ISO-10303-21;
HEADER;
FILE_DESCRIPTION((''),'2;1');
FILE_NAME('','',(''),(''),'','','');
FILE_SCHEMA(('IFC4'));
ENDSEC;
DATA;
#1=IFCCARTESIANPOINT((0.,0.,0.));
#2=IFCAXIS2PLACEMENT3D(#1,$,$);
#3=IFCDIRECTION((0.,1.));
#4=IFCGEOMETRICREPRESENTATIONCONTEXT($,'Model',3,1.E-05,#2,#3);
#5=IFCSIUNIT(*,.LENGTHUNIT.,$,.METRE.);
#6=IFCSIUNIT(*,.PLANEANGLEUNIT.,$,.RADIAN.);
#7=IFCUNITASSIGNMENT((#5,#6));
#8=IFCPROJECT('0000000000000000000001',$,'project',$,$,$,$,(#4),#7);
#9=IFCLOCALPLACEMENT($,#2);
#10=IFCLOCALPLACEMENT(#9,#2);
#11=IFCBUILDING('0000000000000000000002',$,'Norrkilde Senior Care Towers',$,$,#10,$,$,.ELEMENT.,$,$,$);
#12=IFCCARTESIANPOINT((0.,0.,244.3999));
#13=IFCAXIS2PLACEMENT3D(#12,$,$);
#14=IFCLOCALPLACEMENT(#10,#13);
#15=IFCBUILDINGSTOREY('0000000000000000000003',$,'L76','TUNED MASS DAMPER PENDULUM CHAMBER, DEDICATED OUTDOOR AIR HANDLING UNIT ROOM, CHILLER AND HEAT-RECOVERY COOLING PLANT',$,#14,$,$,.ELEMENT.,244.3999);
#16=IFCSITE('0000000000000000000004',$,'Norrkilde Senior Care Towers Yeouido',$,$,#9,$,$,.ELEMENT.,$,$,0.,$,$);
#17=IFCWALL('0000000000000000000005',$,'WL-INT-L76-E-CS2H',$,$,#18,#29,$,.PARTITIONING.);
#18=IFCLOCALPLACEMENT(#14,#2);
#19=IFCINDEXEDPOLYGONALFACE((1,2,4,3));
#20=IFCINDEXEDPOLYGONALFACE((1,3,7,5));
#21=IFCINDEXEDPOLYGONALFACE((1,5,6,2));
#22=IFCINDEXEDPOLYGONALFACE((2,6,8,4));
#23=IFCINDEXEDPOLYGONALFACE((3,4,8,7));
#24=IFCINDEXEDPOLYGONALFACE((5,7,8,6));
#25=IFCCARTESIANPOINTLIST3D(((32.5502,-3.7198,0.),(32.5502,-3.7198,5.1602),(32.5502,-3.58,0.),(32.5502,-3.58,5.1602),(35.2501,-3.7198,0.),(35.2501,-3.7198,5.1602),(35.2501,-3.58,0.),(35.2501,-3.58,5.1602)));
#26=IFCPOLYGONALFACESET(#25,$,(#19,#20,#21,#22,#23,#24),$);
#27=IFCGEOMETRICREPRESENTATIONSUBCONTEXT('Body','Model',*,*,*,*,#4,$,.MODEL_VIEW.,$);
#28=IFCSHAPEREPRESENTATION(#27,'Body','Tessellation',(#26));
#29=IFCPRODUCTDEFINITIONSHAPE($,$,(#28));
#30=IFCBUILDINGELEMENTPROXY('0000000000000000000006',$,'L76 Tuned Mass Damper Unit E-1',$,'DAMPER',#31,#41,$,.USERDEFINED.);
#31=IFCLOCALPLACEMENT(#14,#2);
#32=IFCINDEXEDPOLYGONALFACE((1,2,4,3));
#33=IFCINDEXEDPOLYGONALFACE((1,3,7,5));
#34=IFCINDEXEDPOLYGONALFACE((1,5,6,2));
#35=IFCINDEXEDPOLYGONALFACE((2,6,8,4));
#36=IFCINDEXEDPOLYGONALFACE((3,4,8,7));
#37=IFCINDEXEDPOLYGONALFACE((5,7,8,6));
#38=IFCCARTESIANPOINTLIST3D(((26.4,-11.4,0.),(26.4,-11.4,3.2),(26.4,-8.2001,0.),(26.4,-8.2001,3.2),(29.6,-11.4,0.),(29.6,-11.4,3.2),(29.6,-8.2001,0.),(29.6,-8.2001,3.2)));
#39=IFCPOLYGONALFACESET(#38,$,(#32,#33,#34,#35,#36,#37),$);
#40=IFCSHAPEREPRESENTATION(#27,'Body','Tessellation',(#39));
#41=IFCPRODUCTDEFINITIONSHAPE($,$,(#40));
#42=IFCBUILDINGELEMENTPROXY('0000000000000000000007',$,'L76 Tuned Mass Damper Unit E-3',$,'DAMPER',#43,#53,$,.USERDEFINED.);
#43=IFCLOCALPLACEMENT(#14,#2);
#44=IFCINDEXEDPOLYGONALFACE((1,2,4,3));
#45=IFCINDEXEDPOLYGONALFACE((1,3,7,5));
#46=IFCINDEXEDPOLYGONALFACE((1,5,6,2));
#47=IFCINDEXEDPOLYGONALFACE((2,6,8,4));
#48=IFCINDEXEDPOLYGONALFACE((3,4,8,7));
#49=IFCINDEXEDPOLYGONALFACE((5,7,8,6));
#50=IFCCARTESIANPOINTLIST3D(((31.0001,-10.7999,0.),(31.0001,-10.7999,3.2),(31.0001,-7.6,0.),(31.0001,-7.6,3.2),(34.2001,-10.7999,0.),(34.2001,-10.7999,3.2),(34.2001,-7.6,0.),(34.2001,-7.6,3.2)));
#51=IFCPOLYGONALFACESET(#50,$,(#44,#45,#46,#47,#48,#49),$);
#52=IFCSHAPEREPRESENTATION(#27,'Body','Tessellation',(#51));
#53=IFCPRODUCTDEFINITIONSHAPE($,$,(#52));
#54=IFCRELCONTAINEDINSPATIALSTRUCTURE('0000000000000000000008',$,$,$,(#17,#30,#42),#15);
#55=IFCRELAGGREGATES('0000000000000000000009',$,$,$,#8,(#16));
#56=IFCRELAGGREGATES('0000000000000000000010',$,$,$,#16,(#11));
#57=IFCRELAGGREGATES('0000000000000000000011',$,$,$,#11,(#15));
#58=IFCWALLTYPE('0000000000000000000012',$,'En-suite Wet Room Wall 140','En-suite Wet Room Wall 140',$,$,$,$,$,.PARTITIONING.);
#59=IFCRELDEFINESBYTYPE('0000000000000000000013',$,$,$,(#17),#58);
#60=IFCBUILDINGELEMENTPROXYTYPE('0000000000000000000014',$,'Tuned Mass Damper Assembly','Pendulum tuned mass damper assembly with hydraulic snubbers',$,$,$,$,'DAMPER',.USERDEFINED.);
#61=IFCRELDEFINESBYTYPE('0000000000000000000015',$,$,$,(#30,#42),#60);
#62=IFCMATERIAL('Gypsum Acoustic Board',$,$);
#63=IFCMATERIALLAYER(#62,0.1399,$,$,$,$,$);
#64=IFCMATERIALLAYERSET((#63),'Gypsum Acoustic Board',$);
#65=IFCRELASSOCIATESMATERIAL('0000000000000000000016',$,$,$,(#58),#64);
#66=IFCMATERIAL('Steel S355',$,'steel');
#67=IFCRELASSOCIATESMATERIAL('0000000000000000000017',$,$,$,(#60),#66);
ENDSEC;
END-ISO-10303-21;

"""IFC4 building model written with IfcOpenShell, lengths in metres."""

from ifc_helpers import new_model, si_unit, direction, frame, frame_2d, origin, origin_2d, place, context, subcontext, project, spatial, rectangle, extrude, source, transform, mapped, material, layer, layer_set, type_object, type_shapes, element, save


model = new_model("IFC4")

# Units and contexts
model_context = context("Model", 3, precision=1e-05, world=origin(), true_north=direction((0.0, 1.0)))
body_context = subcontext(model_context, "Body", "Model", "MODEL_VIEW")
ifc_project = project(units=[si_unit("LENGTHUNIT", "METRE"), si_unit("PLANEANGLEUNIT", "RADIAN")], contexts=[model_context])

# Site, building, storey
site_placement = place(None, origin())
site = spatial("IfcSite", under=ifc_project, at=site_placement, Name="Norrkilde Senior Care Towers Yeouido", CompositionType="ELEMENT", RefElevation=0.0)
building_placement = place(site_placement, origin())
building = spatial("IfcBuilding", under=site, at=building_placement, Name="Norrkilde Senior Care Towers", CompositionType="ELEMENT")
storey_placement = place(building_placement, frame((0.0, 0.0, 244.3999)))
storey = spatial("IfcBuildingStorey", under=building, at=storey_placement, Name="L76", Description="TUNED MASS DAMPER PENDULUM CHAMBER, DEDICATED OUTDOOR AIR HANDLING UNIT ROOM, CHILLER AND HEAT-RECOVERY COOLING PLANT", CompositionType="ELEMENT", Elevation=244.3999)

# Shared definitions
ifc_material_1 = material(Name="Steel S355", Category="steel")

# Shared definitions
ifc_material_2 = material(Name="Gypsum Acoustic Board")

# Wall
ifc_layer_1 = layer(ifc_material_2, 0.1399)
ifc_layer_set_1 = layer_set([ifc_layer_1], Name="Gypsum Acoustic Board")
wall_type_1 = type_object("IfcWallType", Name="En-suite Wet Room Wall 140", Description="En-suite Wet Room Wall 140", PredefinedType="PARTITIONING", material=ifc_layer_set_1)
shared_shape_1 = source(origin(), body_context, "Body", "SweptSolid", [
    extrude(rectangle(XDim=2.7, YDim=0.1399, at=frame_2d((1.3501, 0.0))), origin(), (0.0, 0.0, 1.0), 5.1602),
])
type_shapes(wall_type_1, [shared_shape_1])
wall_1_placement = place(storey_placement, frame((32.55, -3.6499, 0.0), z_axis=(0.0, 0.0, 1.0), x_axis=(1.0, 0.0, 0.0)))
element("IfcWall", 1, at=wall_1_placement, inside=storey, type_object=wall_type_1, Name="WL-INT-L76-E-CS2H", PredefinedType="PARTITIONING", context=body_context, shape_type="MappedRepresentation", body=[
    mapped(shared_shape_1, transform((0.0, 0.0, 0.0), x_axis=(1.0, 0.0, 0.0), y_axis=(0.0, 1.0, 0.0), z_axis=(0.0, 0.0, 1.0), scale=1.0)),
])

# Building element proxies
building_element_proxy_type = type_object("IfcBuildingElementProxyType", Name="Tuned Mass Damper Assembly", Description="Pendulum tuned mass damper assembly with hydraulic snubbers", ElementType="DAMPER", PredefinedType="USERDEFINED", material=ifc_material_1)
shared_shape_2 = source(origin(), body_context, "Body", "SweptSolid", [
    extrude(rectangle(XDim=3.2, YDim=3.2, at=origin_2d()), origin(), (0.0, 0.0, 1.0), 3.2),
])
type_shapes(building_element_proxy_type, [shared_shape_2])
for number, where, z_axis, x_axis, name in (
    (2, (28.0, -9.8, 0.0), (0.0, 0.0, 1.0), (1.0, 0.0, 0.0), "L76 Tuned Mass Damper Unit E-1"),
    (3, (32.6001, -9.2, 0.0), (0.0, 0.0, 1.0), (1.0, 0.0, 0.0), "L76 Tuned Mass Damper Unit E-3"),
):
    element("IfcBuildingElementProxy", number, at=place(storey_placement, frame(where, z_axis=z_axis, x_axis=x_axis)), inside=storey, type_object=building_element_proxy_type, Name=name, ObjectType="DAMPER", PredefinedType="USERDEFINED", context=body_context, shape_type="MappedRepresentation", body=[
        mapped(shared_shape_2, transform((0.0, 0.0, 0.0), x_axis=(1.0, 0.0, 0.0), y_axis=(0.0, 1.0, 0.0), z_axis=(0.0, 0.0, 1.0), scale=1.0)),
    ])

save(model, "model.ifc")
